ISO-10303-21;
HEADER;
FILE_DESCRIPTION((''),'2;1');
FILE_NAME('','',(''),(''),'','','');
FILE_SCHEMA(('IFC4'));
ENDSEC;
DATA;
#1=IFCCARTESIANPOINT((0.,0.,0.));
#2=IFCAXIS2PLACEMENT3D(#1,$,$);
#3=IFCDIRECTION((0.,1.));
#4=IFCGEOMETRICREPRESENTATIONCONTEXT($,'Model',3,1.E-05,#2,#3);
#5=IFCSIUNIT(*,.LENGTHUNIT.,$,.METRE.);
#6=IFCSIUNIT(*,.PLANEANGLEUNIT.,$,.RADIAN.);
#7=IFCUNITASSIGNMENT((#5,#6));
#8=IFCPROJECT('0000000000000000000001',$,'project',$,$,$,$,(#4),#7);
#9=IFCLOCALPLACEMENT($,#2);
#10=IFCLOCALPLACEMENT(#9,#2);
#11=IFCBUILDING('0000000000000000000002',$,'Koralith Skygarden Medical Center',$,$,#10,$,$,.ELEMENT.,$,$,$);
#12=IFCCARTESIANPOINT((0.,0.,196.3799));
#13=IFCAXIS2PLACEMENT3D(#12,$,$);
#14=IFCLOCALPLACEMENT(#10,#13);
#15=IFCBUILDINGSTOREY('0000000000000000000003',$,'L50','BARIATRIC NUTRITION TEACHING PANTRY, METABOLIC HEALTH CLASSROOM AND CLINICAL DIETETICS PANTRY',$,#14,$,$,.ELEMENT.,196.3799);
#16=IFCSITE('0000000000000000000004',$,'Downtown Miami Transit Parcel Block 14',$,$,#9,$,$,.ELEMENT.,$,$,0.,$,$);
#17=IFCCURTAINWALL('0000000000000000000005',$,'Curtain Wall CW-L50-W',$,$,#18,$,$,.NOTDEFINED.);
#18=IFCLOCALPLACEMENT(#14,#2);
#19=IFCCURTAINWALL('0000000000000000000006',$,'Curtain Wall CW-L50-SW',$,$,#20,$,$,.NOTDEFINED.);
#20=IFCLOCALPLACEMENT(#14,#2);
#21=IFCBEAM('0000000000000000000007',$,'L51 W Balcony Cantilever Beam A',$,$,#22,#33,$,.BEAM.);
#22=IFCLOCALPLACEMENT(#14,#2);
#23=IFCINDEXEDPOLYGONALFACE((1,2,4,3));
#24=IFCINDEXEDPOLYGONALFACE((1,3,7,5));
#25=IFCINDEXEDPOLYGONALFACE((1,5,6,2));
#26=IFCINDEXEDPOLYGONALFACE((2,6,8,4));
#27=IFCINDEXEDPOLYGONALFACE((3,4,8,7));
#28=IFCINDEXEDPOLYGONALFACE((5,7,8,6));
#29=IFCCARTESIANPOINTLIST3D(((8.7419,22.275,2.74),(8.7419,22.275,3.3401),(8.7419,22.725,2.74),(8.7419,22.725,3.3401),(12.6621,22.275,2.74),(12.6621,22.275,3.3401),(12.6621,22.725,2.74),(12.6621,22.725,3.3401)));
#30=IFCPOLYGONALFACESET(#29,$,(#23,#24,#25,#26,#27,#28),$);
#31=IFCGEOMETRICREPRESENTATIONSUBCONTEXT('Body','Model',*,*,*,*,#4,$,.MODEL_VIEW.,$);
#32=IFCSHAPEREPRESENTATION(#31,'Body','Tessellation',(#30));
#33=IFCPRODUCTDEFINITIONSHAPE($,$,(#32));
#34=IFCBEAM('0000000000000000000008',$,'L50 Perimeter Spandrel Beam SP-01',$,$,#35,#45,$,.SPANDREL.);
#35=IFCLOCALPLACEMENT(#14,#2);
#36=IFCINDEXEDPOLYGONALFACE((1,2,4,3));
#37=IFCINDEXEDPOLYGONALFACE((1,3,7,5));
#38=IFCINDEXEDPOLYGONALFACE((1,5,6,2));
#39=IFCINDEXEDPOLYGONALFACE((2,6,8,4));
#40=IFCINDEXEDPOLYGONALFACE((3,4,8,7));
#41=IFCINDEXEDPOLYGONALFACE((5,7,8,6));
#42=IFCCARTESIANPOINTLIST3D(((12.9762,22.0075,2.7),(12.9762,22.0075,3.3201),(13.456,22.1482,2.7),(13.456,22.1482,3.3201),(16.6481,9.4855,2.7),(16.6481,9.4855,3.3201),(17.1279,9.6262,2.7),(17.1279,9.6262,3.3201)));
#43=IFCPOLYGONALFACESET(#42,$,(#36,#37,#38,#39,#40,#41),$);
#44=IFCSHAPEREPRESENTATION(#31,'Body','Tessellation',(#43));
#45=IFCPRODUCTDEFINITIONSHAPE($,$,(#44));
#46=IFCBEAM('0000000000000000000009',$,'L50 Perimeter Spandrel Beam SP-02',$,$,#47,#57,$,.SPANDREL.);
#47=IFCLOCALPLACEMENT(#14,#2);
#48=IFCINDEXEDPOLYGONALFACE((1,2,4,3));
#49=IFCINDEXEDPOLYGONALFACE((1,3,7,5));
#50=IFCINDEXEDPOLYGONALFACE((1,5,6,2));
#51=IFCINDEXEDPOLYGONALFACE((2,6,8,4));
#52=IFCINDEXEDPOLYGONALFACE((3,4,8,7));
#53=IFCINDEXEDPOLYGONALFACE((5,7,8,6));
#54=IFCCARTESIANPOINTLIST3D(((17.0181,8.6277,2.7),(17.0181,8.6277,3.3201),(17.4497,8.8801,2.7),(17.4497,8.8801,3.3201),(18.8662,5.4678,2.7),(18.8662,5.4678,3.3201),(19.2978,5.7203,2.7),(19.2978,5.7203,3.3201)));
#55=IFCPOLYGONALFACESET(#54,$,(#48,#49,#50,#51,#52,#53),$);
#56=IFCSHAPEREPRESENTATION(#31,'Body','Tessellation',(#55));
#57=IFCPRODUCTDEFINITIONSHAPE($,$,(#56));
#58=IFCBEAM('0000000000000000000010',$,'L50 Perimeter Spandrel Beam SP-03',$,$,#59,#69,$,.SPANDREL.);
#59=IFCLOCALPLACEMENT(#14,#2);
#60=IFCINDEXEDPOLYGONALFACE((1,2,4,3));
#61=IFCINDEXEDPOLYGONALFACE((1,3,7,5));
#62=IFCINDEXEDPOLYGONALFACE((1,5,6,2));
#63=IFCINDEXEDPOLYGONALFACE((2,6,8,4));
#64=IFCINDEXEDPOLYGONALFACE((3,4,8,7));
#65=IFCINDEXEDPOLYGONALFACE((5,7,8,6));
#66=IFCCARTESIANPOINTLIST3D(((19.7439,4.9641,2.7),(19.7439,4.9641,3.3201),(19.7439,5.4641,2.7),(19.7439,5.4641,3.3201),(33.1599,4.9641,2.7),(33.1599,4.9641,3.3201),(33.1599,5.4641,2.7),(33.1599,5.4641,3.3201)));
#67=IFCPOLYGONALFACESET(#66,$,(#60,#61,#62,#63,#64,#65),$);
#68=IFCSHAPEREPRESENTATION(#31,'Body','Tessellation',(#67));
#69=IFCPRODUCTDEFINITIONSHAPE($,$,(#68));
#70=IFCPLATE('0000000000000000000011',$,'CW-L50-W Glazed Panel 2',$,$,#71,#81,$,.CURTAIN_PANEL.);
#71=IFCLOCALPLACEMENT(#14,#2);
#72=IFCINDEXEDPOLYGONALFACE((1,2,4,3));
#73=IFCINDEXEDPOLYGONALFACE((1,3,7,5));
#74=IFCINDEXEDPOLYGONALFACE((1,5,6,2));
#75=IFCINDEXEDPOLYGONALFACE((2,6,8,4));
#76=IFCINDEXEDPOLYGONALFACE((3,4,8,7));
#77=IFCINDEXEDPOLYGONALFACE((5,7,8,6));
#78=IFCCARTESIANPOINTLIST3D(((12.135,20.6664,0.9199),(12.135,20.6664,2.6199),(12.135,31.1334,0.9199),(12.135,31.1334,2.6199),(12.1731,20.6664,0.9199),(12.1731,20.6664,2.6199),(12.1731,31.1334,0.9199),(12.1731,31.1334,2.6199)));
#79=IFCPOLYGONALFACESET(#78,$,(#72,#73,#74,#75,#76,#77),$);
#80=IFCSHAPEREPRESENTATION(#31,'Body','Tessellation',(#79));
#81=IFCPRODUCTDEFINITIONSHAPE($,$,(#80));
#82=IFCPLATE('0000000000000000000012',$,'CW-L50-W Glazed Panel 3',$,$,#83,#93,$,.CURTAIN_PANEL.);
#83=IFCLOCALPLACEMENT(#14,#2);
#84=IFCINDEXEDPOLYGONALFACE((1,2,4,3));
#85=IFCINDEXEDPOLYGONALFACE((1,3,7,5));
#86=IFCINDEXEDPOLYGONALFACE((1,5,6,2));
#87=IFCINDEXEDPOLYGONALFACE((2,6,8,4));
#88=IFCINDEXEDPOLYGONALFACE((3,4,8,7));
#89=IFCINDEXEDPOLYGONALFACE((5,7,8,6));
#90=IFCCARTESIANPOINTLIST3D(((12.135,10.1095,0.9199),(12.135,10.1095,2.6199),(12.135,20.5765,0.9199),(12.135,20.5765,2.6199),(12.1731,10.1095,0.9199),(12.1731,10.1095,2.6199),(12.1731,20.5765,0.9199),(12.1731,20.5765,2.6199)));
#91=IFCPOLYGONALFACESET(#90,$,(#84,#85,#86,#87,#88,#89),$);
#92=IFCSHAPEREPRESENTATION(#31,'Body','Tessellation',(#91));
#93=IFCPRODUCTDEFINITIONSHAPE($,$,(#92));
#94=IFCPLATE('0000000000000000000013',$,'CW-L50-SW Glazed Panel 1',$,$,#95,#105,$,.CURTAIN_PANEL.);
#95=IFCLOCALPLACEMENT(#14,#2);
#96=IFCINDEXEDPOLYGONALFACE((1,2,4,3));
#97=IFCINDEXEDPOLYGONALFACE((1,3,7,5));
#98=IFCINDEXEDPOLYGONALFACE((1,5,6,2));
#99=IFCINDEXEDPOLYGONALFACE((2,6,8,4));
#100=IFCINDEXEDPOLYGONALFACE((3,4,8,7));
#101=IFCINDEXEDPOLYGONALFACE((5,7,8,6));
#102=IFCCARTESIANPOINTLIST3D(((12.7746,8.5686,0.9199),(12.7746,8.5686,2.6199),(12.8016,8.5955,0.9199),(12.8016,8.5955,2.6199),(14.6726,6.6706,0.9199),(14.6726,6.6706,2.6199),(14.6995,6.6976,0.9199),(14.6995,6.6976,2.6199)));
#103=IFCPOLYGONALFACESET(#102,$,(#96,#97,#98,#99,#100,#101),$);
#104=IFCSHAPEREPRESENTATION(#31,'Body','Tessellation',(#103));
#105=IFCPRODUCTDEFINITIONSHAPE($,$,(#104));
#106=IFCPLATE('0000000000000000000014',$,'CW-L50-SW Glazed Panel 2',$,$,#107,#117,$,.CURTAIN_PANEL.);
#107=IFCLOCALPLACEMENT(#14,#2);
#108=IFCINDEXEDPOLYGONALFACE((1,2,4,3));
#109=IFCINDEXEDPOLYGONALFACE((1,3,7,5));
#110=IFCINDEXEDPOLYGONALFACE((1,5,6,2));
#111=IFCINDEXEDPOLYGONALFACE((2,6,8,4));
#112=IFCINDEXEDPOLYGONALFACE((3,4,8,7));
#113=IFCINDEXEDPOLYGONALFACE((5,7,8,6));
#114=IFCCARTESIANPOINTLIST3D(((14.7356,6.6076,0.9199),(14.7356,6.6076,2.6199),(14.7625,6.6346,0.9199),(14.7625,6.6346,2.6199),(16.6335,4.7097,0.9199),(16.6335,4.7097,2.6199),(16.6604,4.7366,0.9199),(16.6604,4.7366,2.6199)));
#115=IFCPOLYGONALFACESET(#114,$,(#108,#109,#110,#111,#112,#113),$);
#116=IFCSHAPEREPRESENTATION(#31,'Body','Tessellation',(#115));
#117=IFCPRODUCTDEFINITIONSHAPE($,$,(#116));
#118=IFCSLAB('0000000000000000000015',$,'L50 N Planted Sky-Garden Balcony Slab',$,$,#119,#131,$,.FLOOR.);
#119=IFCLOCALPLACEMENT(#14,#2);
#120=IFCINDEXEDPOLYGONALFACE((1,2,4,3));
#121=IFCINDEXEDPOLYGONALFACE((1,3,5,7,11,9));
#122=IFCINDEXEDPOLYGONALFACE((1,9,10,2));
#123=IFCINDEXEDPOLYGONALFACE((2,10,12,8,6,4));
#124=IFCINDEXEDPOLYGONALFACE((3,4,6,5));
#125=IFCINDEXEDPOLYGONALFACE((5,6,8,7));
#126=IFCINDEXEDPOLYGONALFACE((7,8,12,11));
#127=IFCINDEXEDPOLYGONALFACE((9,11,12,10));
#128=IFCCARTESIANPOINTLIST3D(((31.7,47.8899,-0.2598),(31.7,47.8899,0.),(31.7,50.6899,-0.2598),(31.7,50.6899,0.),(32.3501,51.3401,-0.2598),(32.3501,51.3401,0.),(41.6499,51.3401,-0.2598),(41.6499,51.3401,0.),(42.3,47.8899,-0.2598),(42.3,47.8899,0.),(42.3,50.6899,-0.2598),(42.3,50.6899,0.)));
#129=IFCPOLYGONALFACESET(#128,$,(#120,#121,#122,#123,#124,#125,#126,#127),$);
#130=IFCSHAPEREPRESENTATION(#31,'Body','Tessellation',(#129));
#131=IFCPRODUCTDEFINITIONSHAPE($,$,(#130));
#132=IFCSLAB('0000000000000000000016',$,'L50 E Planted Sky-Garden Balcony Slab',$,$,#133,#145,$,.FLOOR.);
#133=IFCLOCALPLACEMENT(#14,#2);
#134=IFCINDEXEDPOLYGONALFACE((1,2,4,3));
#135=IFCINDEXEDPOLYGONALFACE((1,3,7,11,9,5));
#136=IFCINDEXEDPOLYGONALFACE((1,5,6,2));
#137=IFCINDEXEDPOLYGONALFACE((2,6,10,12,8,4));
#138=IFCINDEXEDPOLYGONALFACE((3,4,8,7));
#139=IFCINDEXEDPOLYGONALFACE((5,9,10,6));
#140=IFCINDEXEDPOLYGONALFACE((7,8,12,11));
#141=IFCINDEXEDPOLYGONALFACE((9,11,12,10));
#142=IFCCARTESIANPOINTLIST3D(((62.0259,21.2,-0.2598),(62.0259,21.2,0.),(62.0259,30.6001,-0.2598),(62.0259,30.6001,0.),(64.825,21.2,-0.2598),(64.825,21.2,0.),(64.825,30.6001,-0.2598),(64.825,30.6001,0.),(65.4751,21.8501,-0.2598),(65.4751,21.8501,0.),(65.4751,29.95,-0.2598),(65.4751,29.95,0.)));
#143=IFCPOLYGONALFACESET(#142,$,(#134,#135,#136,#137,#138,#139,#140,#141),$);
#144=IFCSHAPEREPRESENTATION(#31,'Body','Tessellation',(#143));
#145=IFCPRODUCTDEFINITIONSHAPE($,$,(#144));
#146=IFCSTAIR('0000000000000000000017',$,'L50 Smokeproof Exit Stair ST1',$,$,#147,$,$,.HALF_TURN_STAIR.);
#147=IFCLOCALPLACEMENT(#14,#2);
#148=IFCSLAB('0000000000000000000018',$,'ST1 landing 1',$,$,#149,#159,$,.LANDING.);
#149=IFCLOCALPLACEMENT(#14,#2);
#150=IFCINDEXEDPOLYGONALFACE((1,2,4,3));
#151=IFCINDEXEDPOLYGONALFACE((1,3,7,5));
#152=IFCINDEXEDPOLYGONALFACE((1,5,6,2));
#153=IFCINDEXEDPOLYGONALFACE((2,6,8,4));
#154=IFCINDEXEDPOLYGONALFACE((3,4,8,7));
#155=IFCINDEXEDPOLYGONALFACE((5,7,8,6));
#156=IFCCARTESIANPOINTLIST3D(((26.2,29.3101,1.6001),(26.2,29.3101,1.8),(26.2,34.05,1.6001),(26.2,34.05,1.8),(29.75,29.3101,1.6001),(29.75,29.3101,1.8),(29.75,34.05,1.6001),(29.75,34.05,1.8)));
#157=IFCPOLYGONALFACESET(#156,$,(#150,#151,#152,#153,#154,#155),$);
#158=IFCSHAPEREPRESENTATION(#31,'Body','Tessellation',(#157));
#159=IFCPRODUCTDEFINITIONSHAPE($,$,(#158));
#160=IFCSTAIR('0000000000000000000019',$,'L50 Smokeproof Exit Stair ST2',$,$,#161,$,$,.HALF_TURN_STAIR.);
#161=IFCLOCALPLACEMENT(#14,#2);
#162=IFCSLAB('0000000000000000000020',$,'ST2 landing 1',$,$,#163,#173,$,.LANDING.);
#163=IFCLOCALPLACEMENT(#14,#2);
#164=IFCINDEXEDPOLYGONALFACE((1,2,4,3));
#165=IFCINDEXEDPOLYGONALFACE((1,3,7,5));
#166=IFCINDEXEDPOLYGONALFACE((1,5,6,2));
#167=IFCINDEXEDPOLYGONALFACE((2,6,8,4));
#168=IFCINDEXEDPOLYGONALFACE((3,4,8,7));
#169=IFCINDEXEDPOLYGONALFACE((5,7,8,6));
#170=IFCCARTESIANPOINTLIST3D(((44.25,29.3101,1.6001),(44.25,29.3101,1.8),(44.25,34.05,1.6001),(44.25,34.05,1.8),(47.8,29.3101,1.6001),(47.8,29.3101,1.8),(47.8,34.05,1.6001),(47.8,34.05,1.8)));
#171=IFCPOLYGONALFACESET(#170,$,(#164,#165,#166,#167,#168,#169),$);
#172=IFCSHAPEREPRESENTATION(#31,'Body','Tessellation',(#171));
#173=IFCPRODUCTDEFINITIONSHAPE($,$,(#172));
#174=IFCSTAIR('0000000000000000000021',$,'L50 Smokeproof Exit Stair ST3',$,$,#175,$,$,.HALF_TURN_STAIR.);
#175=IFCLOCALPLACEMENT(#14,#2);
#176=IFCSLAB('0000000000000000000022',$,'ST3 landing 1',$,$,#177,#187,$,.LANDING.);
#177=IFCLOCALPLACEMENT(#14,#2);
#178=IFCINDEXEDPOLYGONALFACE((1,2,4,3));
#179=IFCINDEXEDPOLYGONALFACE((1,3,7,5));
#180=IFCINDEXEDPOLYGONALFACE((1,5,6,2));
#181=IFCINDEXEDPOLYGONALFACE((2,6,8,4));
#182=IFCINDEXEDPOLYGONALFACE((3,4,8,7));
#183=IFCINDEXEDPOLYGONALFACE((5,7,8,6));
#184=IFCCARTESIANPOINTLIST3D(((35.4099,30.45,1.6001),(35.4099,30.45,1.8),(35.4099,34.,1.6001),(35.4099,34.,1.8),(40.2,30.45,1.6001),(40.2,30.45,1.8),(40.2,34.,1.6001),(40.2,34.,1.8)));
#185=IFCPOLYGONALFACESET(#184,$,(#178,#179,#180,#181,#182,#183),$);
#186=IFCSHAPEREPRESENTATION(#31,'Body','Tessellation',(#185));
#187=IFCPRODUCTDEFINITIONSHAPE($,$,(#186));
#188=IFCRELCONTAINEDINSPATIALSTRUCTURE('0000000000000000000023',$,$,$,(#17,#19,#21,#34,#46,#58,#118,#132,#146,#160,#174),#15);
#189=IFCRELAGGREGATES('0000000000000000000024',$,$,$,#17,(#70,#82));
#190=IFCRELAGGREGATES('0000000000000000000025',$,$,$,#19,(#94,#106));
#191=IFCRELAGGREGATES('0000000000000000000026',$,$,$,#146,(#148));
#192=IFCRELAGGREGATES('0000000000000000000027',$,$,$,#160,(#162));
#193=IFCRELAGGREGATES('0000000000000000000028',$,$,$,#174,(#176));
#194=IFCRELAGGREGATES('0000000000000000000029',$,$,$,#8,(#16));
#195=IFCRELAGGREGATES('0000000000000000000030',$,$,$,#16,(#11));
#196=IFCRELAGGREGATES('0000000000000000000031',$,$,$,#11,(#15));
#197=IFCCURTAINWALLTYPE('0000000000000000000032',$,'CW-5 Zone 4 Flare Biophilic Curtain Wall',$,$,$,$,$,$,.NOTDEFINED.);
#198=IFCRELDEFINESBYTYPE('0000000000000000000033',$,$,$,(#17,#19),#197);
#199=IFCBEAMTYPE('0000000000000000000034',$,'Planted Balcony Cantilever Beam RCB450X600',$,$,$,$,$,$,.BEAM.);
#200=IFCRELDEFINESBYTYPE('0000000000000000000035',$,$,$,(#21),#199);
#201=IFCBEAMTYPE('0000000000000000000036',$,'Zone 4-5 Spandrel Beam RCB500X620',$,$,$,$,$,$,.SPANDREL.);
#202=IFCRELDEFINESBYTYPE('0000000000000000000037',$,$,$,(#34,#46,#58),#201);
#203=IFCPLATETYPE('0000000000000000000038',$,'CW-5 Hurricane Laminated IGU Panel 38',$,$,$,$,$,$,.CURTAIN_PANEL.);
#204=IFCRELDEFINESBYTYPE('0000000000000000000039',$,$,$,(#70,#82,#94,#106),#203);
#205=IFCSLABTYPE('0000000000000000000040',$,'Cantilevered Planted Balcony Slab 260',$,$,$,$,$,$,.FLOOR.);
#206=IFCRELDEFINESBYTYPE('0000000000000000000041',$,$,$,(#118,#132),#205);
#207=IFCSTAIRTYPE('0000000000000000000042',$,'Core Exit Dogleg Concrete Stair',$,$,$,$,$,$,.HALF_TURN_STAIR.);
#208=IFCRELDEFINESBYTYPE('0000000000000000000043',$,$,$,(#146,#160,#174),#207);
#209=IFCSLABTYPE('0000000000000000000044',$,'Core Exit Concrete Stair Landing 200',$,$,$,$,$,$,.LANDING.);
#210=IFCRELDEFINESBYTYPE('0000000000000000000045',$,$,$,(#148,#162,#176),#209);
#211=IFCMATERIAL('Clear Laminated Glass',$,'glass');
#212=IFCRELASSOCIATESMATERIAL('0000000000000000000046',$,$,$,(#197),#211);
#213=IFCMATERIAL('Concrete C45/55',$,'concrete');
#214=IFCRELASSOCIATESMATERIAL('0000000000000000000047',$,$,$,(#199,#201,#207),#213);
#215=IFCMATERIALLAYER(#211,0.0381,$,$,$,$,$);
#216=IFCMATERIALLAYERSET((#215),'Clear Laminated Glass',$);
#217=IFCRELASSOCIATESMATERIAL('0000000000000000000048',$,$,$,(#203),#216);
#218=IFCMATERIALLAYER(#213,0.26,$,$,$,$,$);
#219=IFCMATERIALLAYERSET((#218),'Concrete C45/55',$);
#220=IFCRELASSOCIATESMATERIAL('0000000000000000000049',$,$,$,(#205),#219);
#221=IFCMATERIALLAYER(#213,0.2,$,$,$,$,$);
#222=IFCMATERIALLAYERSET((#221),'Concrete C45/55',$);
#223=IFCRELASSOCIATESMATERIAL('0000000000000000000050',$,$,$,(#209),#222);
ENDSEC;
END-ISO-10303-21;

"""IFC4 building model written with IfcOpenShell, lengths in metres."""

from ifc_helpers import new_model, si_unit, direction, frame, origin, origin_2d, place, context, subcontext, project, spatial, polyline, rectangle, outline, extrude, material, layer, layer_set, material_profile, profile_set, type_object, element, aggregate, save


model = new_model("IFC4")

# Units and contexts
model_context = context("Model", 3, precision=1e-05, world=origin(), true_north=direction((0.0, 1.0)))
body_context = subcontext(model_context, "Body", "Model", "MODEL_VIEW")
ifc_project = project(units=[si_unit("LENGTHUNIT", "METRE"), si_unit("PLANEANGLEUNIT", "RADIAN")], contexts=[model_context])

# Site, building, storey
site_placement = place(None, origin())
site = spatial("IfcSite", under=ifc_project, at=site_placement, Name="Downtown Miami Transit Parcel Block 14", CompositionType="ELEMENT", RefElevation=0.0)
building_placement = place(site_placement, origin())
building = spatial("IfcBuilding", under=site, at=building_placement, Name="Koralith Skygarden Medical Center", CompositionType="ELEMENT")
storey_placement = place(building_placement, frame((0.0, 0.0, 196.3799)))
storey = spatial("IfcBuildingStorey", under=building, at=storey_placement, Name="L50", Description="BARIATRIC NUTRITION TEACHING PANTRY, METABOLIC HEALTH CLASSROOM AND CLINICAL DIETETICS PANTRY", CompositionType="ELEMENT", Elevation=196.3799)

# Shared definitions
ifc_material_1 = material(Name="Clear Laminated Glass", Category="glass")
curtain_wall_type = type_object("IfcCurtainWallType", Name="CW-5 Zone 4 Flare Biophilic Curtain Wall", PredefinedType="NOTDEFINED", material=ifc_material_1)

# Curtain walls
curtain_wall_1_placement = place(storey_placement, origin())
curtain_wall_1 = element("IfcCurtainWall", 1, at=curtain_wall_1_placement, inside=storey, type_object=curtain_wall_type, Name="Curtain Wall CW-L50-W", PredefinedType="NOTDEFINED")
curtain_wall_2_placement = place(storey_placement, origin())
curtain_wall_2 = element("IfcCurtainWall", 2, at=curtain_wall_2_placement, inside=storey, type_object=curtain_wall_type, Name="Curtain Wall CW-L50-SW", PredefinedType="NOTDEFINED")

# Beams
ifc_material_2 = material(Name="Concrete C45/55", Category="concrete")
ifc_material_profile_1 = material_profile(ifc_material_2, rectangle(XDim=0.45, YDim=0.6001, at=origin_2d()), Name="RCB450X600")
ifc_profile_set_1 = profile_set([ifc_material_profile_1], Name="Concrete C45/55")
beam_type_1 = type_object("IfcBeamType", Name="Planted Balcony Cantilever Beam RCB450X600", PredefinedType="BEAM", material=ifc_profile_set_1)
beam_1_placement = place(storey_placement, frame((12.6621, 22.5, 3.04), z_axis=(-1.0, 0.0, 0.0), x_axis=(0.0, -1.0, 0.0)))
element("IfcBeam", 3, at=beam_1_placement, inside=storey, type_object=beam_type_1, Name="L51 W Balcony Cantilever Beam A", PredefinedType="BEAM", context=body_context, shape_type="SweptSolid", body=[
    extrude(rectangle(XDim=0.45, YDim=0.6001, at=origin_2d()), origin(), (0.0, 0.0, 1.0), 3.9202),
])
ifc_material_profile_2 = material_profile(ifc_material_2, rectangle(XDim=0.5, YDim=0.6201, at=origin_2d()), Name="RCB500X620")
ifc_profile_set_2 = profile_set([ifc_material_profile_2], Name="Concrete C45/55")
beam_type_2 = type_object("IfcBeamType", Name="Zone 4-5 Spandrel Beam RCB500X620", PredefinedType="SPANDREL", material=ifc_profile_set_2)
beam_2_placement = place(storey_placement, frame((13.2161, 22.0779, 3.01), z_axis=(0.281386, -0.959595, 0.0), x_axis=(0.959595, 0.281386, 0.0)))
element("IfcBeam", 4, at=beam_2_placement, inside=storey, type_object=beam_type_2, Name="L50 Perimeter Spandrel Beam SP-01", PredefinedType="SPANDREL", context=body_context, shape_type="SweptSolid", body=[
    extrude(rectangle(XDim=0.5, YDim=0.6201, at=origin_2d()), origin(), (0.0, 0.0, 1.0), 13.0493),
])
beam_3_placement = place(storey_placement, frame((17.2339, 8.7539, 3.01), z_axis=(0.504862, -0.8632, 0.0), x_axis=(0.8632, 0.504862, 0.0)))
element("IfcBeam", 5, at=beam_3_placement, inside=storey, type_object=beam_type_2, Name="L50 Perimeter Spandrel Beam SP-02", PredefinedType="SPANDREL", context=body_context, shape_type="SweptSolid", body=[
    extrude(rectangle(XDim=0.5, YDim=0.6201, at=origin_2d()), origin(), (0.0, 0.0, 1.0), 3.6606),
])
beam_4_placement = place(storey_placement, frame((19.7439, 5.2141, 3.01), z_axis=(1.0, 0.0, 0.0), x_axis=(0.0, 1.0, 0.0)))
element("IfcBeam", 6, at=beam_4_placement, inside=storey, type_object=beam_type_2, Name="L50 Perimeter Spandrel Beam SP-03", PredefinedType="SPANDREL", context=body_context, shape_type="SweptSolid", body=[
    extrude(rectangle(XDim=0.5, YDim=0.6201, at=origin_2d()), origin(), (0.0, 0.0, 1.0), 13.416),
])

# Plates
ifc_layer_1 = layer(ifc_material_1, 0.0381)
ifc_layer_set_1 = layer_set([ifc_layer_1], Name="Clear Laminated Glass")
plate_type_1 = type_object("IfcPlateType", Name="CW-5 Hurricane Laminated IGU Panel 38", PredefinedType="CURTAIN_PANEL", material=ifc_layer_set_1)
plate_1_placement = place(storey_placement, frame((12.1541, 25.8999, 0.9199), z_axis=(0.0, 0.0, 1.0), x_axis=(0.0, -1.0, 0.0)))
plate_1 = element("IfcPlate", 7, at=plate_1_placement, type_object=plate_type_1, Name="CW-L50-W Glazed Panel 2", PredefinedType="CURTAIN_PANEL", context=body_context, shape_type="SweptSolid", body=[
    extrude(rectangle(XDim=10.467, YDim=0.0381, at=origin_2d()), origin(), (0.0, 0.0, 1.0), 1.7),
])
plate_2_placement = place(storey_placement, frame((12.1541, 15.343, 0.9199), z_axis=(0.0, 0.0, 1.0), x_axis=(0.0, -1.0, 0.0)))
plate_2 = element("IfcPlate", 8, at=plate_2_placement, type_object=plate_type_1, Name="CW-L50-W Glazed Panel 3", PredefinedType="CURTAIN_PANEL", context=body_context, shape_type="SweptSolid", body=[
    extrude(rectangle(XDim=10.467, YDim=0.0381, at=origin_2d()), origin(), (0.0, 0.0, 1.0), 1.7),
])
aggregate(curtain_wall_1, [plate_1, plate_2])
plate_3_placement = place(storey_placement, frame((13.7371, 7.6331, 0.9199), z_axis=(0.0, 0.0, 1.0), x_axis=(0.707107, -0.707107, 0.0)))
plate_3 = element("IfcPlate", 9, at=plate_3_placement, type_object=plate_type_1, Name="CW-L50-SW Glazed Panel 1", PredefinedType="CURTAIN_PANEL", context=body_context, shape_type="SweptSolid", body=[
    extrude(rectangle(XDim=2.6841, YDim=0.0381, at=origin_2d()), origin(), (0.0, 0.0, 1.0), 1.7),
])
plate_4_placement = place(storey_placement, frame((15.698, 5.6721, 0.9199), z_axis=(0.0, 0.0, 1.0), x_axis=(0.707107, -0.707107, 0.0)))
plate_4 = element("IfcPlate", 10, at=plate_4_placement, type_object=plate_type_1, Name="CW-L50-SW Glazed Panel 2", PredefinedType="CURTAIN_PANEL", context=body_context, shape_type="SweptSolid", body=[
    extrude(rectangle(XDim=2.6841, YDim=0.0381, at=origin_2d()), origin(), (0.0, 0.0, 1.0), 1.7),
])
aggregate(curtain_wall_2, [plate_3, plate_4])

# Slabs
ifc_layer_2 = layer(ifc_material_2, 0.26)
ifc_layer_set_2 = layer_set([ifc_layer_2], Name="Concrete C45/55")
slab_type_1 = type_object("IfcSlabType", Name="Cantilevered Planted Balcony Slab 260", PredefinedType="FLOOR", material=ifc_layer_set_2)
slab_1_placement = place(storey_placement, frame((0.0, 0.0, -0.2598)))
element("IfcSlab", 11, at=slab_1_placement, inside=storey, type_object=slab_type_1, Name="L50 N Planted Sky-Garden Balcony Slab", PredefinedType="FLOOR", context=body_context, shape_type="SweptSolid", body=[
    extrude(outline(polyline([(31.7, 47.8899), (42.3, 47.8899), (42.3, 50.6899), (41.6499, 51.3401), (32.3501, 51.3401), (31.7, 50.6899), (31.7, 47.8899)])), origin(), (0.0, 0.0, 1.0), 0.2598),
])
slab_2_placement = place(storey_placement, frame((0.0, 0.0, -0.2598)))
element("IfcSlab", 12, at=slab_2_placement, inside=storey, type_object=slab_type_1, Name="L50 E Planted Sky-Garden Balcony Slab", PredefinedType="FLOOR", context=body_context, shape_type="SweptSolid", body=[
    extrude(outline(polyline([(62.0259, 21.2), (64.825, 21.2), (65.4751, 21.8501), (65.4751, 29.95), (64.825, 30.6001), (62.0259, 30.6001), (62.0259, 21.2)])), origin(), (0.0, 0.0, 1.0), 0.2598),
])

# Stairs, slabs
stair_type = type_object("IfcStairType", Name="Core Exit Dogleg Concrete Stair", PredefinedType="HALF_TURN_STAIR", material=ifc_material_2)
stair_1_placement = place(storey_placement, origin())
stair_1 = element("IfcStair", 13, at=stair_1_placement, inside=storey, type_object=stair_type, Name="L50 Smokeproof Exit Stair ST1", PredefinedType="HALF_TURN_STAIR")
ifc_layer_3 = layer(ifc_material_2, 0.2)
ifc_layer_set_3 = layer_set([ifc_layer_3], Name="Concrete C45/55")
slab_type_2 = type_object("IfcSlabType", Name="Core Exit Concrete Stair Landing 200", PredefinedType="LANDING", material=ifc_layer_set_3)
slab_3_placement = place(storey_placement, frame((0.0, 0.0, 1.6001)))
slab_3 = element("IfcSlab", 14, at=slab_3_placement, type_object=slab_type_2, Name="ST1 landing 1", PredefinedType="LANDING", context=body_context, shape_type="SweptSolid", body=[
    extrude(outline(polyline([(29.75, 29.3101), (29.75, 34.05), (26.2, 34.05), (26.2, 29.3101), (29.75, 29.3101)])), origin(), (0.0, 0.0, 1.0), 0.2),
])
aggregate(stair_1, [slab_3])
stair_2_placement = place(storey_placement, origin())
stair_2 = element("IfcStair", 15, at=stair_2_placement, inside=storey, type_object=stair_type, Name="L50 Smokeproof Exit Stair ST2", PredefinedType="HALF_TURN_STAIR")
slab_4_placement = place(storey_placement, frame((0.0, 0.0, 1.6001)))
slab_4 = element("IfcSlab", 16, at=slab_4_placement, type_object=slab_type_2, Name="ST2 landing 1", PredefinedType="LANDING", context=body_context, shape_type="SweptSolid", body=[
    extrude(outline(polyline([(47.8, 29.3101), (47.8, 34.05), (44.25, 34.05), (44.25, 29.3101), (47.8, 29.3101)])), origin(), (0.0, 0.0, 1.0), 0.2),
])
aggregate(stair_2, [slab_4])
stair_3_placement = place(storey_placement, origin())
stair_3 = element("IfcStair", 17, at=stair_3_placement, inside=storey, type_object=stair_type, Name="L50 Smokeproof Exit Stair ST3", PredefinedType="HALF_TURN_STAIR")
slab_5_placement = place(storey_placement, frame((0.0, 0.0, 1.6001)))
slab_5 = element("IfcSlab", 18, at=slab_5_placement, type_object=slab_type_2, Name="ST3 landing 1", PredefinedType="LANDING", context=body_context, shape_type="SweptSolid", body=[
    extrude(outline(polyline([(35.4099, 30.45), (40.2, 30.45), (40.2, 34.0), (35.4099, 34.0), (35.4099, 30.45)])), origin(), (0.0, 0.0, 1.0), 0.2),
])
aggregate(stair_3, [slab_5])

save(model, "model.ifc")
